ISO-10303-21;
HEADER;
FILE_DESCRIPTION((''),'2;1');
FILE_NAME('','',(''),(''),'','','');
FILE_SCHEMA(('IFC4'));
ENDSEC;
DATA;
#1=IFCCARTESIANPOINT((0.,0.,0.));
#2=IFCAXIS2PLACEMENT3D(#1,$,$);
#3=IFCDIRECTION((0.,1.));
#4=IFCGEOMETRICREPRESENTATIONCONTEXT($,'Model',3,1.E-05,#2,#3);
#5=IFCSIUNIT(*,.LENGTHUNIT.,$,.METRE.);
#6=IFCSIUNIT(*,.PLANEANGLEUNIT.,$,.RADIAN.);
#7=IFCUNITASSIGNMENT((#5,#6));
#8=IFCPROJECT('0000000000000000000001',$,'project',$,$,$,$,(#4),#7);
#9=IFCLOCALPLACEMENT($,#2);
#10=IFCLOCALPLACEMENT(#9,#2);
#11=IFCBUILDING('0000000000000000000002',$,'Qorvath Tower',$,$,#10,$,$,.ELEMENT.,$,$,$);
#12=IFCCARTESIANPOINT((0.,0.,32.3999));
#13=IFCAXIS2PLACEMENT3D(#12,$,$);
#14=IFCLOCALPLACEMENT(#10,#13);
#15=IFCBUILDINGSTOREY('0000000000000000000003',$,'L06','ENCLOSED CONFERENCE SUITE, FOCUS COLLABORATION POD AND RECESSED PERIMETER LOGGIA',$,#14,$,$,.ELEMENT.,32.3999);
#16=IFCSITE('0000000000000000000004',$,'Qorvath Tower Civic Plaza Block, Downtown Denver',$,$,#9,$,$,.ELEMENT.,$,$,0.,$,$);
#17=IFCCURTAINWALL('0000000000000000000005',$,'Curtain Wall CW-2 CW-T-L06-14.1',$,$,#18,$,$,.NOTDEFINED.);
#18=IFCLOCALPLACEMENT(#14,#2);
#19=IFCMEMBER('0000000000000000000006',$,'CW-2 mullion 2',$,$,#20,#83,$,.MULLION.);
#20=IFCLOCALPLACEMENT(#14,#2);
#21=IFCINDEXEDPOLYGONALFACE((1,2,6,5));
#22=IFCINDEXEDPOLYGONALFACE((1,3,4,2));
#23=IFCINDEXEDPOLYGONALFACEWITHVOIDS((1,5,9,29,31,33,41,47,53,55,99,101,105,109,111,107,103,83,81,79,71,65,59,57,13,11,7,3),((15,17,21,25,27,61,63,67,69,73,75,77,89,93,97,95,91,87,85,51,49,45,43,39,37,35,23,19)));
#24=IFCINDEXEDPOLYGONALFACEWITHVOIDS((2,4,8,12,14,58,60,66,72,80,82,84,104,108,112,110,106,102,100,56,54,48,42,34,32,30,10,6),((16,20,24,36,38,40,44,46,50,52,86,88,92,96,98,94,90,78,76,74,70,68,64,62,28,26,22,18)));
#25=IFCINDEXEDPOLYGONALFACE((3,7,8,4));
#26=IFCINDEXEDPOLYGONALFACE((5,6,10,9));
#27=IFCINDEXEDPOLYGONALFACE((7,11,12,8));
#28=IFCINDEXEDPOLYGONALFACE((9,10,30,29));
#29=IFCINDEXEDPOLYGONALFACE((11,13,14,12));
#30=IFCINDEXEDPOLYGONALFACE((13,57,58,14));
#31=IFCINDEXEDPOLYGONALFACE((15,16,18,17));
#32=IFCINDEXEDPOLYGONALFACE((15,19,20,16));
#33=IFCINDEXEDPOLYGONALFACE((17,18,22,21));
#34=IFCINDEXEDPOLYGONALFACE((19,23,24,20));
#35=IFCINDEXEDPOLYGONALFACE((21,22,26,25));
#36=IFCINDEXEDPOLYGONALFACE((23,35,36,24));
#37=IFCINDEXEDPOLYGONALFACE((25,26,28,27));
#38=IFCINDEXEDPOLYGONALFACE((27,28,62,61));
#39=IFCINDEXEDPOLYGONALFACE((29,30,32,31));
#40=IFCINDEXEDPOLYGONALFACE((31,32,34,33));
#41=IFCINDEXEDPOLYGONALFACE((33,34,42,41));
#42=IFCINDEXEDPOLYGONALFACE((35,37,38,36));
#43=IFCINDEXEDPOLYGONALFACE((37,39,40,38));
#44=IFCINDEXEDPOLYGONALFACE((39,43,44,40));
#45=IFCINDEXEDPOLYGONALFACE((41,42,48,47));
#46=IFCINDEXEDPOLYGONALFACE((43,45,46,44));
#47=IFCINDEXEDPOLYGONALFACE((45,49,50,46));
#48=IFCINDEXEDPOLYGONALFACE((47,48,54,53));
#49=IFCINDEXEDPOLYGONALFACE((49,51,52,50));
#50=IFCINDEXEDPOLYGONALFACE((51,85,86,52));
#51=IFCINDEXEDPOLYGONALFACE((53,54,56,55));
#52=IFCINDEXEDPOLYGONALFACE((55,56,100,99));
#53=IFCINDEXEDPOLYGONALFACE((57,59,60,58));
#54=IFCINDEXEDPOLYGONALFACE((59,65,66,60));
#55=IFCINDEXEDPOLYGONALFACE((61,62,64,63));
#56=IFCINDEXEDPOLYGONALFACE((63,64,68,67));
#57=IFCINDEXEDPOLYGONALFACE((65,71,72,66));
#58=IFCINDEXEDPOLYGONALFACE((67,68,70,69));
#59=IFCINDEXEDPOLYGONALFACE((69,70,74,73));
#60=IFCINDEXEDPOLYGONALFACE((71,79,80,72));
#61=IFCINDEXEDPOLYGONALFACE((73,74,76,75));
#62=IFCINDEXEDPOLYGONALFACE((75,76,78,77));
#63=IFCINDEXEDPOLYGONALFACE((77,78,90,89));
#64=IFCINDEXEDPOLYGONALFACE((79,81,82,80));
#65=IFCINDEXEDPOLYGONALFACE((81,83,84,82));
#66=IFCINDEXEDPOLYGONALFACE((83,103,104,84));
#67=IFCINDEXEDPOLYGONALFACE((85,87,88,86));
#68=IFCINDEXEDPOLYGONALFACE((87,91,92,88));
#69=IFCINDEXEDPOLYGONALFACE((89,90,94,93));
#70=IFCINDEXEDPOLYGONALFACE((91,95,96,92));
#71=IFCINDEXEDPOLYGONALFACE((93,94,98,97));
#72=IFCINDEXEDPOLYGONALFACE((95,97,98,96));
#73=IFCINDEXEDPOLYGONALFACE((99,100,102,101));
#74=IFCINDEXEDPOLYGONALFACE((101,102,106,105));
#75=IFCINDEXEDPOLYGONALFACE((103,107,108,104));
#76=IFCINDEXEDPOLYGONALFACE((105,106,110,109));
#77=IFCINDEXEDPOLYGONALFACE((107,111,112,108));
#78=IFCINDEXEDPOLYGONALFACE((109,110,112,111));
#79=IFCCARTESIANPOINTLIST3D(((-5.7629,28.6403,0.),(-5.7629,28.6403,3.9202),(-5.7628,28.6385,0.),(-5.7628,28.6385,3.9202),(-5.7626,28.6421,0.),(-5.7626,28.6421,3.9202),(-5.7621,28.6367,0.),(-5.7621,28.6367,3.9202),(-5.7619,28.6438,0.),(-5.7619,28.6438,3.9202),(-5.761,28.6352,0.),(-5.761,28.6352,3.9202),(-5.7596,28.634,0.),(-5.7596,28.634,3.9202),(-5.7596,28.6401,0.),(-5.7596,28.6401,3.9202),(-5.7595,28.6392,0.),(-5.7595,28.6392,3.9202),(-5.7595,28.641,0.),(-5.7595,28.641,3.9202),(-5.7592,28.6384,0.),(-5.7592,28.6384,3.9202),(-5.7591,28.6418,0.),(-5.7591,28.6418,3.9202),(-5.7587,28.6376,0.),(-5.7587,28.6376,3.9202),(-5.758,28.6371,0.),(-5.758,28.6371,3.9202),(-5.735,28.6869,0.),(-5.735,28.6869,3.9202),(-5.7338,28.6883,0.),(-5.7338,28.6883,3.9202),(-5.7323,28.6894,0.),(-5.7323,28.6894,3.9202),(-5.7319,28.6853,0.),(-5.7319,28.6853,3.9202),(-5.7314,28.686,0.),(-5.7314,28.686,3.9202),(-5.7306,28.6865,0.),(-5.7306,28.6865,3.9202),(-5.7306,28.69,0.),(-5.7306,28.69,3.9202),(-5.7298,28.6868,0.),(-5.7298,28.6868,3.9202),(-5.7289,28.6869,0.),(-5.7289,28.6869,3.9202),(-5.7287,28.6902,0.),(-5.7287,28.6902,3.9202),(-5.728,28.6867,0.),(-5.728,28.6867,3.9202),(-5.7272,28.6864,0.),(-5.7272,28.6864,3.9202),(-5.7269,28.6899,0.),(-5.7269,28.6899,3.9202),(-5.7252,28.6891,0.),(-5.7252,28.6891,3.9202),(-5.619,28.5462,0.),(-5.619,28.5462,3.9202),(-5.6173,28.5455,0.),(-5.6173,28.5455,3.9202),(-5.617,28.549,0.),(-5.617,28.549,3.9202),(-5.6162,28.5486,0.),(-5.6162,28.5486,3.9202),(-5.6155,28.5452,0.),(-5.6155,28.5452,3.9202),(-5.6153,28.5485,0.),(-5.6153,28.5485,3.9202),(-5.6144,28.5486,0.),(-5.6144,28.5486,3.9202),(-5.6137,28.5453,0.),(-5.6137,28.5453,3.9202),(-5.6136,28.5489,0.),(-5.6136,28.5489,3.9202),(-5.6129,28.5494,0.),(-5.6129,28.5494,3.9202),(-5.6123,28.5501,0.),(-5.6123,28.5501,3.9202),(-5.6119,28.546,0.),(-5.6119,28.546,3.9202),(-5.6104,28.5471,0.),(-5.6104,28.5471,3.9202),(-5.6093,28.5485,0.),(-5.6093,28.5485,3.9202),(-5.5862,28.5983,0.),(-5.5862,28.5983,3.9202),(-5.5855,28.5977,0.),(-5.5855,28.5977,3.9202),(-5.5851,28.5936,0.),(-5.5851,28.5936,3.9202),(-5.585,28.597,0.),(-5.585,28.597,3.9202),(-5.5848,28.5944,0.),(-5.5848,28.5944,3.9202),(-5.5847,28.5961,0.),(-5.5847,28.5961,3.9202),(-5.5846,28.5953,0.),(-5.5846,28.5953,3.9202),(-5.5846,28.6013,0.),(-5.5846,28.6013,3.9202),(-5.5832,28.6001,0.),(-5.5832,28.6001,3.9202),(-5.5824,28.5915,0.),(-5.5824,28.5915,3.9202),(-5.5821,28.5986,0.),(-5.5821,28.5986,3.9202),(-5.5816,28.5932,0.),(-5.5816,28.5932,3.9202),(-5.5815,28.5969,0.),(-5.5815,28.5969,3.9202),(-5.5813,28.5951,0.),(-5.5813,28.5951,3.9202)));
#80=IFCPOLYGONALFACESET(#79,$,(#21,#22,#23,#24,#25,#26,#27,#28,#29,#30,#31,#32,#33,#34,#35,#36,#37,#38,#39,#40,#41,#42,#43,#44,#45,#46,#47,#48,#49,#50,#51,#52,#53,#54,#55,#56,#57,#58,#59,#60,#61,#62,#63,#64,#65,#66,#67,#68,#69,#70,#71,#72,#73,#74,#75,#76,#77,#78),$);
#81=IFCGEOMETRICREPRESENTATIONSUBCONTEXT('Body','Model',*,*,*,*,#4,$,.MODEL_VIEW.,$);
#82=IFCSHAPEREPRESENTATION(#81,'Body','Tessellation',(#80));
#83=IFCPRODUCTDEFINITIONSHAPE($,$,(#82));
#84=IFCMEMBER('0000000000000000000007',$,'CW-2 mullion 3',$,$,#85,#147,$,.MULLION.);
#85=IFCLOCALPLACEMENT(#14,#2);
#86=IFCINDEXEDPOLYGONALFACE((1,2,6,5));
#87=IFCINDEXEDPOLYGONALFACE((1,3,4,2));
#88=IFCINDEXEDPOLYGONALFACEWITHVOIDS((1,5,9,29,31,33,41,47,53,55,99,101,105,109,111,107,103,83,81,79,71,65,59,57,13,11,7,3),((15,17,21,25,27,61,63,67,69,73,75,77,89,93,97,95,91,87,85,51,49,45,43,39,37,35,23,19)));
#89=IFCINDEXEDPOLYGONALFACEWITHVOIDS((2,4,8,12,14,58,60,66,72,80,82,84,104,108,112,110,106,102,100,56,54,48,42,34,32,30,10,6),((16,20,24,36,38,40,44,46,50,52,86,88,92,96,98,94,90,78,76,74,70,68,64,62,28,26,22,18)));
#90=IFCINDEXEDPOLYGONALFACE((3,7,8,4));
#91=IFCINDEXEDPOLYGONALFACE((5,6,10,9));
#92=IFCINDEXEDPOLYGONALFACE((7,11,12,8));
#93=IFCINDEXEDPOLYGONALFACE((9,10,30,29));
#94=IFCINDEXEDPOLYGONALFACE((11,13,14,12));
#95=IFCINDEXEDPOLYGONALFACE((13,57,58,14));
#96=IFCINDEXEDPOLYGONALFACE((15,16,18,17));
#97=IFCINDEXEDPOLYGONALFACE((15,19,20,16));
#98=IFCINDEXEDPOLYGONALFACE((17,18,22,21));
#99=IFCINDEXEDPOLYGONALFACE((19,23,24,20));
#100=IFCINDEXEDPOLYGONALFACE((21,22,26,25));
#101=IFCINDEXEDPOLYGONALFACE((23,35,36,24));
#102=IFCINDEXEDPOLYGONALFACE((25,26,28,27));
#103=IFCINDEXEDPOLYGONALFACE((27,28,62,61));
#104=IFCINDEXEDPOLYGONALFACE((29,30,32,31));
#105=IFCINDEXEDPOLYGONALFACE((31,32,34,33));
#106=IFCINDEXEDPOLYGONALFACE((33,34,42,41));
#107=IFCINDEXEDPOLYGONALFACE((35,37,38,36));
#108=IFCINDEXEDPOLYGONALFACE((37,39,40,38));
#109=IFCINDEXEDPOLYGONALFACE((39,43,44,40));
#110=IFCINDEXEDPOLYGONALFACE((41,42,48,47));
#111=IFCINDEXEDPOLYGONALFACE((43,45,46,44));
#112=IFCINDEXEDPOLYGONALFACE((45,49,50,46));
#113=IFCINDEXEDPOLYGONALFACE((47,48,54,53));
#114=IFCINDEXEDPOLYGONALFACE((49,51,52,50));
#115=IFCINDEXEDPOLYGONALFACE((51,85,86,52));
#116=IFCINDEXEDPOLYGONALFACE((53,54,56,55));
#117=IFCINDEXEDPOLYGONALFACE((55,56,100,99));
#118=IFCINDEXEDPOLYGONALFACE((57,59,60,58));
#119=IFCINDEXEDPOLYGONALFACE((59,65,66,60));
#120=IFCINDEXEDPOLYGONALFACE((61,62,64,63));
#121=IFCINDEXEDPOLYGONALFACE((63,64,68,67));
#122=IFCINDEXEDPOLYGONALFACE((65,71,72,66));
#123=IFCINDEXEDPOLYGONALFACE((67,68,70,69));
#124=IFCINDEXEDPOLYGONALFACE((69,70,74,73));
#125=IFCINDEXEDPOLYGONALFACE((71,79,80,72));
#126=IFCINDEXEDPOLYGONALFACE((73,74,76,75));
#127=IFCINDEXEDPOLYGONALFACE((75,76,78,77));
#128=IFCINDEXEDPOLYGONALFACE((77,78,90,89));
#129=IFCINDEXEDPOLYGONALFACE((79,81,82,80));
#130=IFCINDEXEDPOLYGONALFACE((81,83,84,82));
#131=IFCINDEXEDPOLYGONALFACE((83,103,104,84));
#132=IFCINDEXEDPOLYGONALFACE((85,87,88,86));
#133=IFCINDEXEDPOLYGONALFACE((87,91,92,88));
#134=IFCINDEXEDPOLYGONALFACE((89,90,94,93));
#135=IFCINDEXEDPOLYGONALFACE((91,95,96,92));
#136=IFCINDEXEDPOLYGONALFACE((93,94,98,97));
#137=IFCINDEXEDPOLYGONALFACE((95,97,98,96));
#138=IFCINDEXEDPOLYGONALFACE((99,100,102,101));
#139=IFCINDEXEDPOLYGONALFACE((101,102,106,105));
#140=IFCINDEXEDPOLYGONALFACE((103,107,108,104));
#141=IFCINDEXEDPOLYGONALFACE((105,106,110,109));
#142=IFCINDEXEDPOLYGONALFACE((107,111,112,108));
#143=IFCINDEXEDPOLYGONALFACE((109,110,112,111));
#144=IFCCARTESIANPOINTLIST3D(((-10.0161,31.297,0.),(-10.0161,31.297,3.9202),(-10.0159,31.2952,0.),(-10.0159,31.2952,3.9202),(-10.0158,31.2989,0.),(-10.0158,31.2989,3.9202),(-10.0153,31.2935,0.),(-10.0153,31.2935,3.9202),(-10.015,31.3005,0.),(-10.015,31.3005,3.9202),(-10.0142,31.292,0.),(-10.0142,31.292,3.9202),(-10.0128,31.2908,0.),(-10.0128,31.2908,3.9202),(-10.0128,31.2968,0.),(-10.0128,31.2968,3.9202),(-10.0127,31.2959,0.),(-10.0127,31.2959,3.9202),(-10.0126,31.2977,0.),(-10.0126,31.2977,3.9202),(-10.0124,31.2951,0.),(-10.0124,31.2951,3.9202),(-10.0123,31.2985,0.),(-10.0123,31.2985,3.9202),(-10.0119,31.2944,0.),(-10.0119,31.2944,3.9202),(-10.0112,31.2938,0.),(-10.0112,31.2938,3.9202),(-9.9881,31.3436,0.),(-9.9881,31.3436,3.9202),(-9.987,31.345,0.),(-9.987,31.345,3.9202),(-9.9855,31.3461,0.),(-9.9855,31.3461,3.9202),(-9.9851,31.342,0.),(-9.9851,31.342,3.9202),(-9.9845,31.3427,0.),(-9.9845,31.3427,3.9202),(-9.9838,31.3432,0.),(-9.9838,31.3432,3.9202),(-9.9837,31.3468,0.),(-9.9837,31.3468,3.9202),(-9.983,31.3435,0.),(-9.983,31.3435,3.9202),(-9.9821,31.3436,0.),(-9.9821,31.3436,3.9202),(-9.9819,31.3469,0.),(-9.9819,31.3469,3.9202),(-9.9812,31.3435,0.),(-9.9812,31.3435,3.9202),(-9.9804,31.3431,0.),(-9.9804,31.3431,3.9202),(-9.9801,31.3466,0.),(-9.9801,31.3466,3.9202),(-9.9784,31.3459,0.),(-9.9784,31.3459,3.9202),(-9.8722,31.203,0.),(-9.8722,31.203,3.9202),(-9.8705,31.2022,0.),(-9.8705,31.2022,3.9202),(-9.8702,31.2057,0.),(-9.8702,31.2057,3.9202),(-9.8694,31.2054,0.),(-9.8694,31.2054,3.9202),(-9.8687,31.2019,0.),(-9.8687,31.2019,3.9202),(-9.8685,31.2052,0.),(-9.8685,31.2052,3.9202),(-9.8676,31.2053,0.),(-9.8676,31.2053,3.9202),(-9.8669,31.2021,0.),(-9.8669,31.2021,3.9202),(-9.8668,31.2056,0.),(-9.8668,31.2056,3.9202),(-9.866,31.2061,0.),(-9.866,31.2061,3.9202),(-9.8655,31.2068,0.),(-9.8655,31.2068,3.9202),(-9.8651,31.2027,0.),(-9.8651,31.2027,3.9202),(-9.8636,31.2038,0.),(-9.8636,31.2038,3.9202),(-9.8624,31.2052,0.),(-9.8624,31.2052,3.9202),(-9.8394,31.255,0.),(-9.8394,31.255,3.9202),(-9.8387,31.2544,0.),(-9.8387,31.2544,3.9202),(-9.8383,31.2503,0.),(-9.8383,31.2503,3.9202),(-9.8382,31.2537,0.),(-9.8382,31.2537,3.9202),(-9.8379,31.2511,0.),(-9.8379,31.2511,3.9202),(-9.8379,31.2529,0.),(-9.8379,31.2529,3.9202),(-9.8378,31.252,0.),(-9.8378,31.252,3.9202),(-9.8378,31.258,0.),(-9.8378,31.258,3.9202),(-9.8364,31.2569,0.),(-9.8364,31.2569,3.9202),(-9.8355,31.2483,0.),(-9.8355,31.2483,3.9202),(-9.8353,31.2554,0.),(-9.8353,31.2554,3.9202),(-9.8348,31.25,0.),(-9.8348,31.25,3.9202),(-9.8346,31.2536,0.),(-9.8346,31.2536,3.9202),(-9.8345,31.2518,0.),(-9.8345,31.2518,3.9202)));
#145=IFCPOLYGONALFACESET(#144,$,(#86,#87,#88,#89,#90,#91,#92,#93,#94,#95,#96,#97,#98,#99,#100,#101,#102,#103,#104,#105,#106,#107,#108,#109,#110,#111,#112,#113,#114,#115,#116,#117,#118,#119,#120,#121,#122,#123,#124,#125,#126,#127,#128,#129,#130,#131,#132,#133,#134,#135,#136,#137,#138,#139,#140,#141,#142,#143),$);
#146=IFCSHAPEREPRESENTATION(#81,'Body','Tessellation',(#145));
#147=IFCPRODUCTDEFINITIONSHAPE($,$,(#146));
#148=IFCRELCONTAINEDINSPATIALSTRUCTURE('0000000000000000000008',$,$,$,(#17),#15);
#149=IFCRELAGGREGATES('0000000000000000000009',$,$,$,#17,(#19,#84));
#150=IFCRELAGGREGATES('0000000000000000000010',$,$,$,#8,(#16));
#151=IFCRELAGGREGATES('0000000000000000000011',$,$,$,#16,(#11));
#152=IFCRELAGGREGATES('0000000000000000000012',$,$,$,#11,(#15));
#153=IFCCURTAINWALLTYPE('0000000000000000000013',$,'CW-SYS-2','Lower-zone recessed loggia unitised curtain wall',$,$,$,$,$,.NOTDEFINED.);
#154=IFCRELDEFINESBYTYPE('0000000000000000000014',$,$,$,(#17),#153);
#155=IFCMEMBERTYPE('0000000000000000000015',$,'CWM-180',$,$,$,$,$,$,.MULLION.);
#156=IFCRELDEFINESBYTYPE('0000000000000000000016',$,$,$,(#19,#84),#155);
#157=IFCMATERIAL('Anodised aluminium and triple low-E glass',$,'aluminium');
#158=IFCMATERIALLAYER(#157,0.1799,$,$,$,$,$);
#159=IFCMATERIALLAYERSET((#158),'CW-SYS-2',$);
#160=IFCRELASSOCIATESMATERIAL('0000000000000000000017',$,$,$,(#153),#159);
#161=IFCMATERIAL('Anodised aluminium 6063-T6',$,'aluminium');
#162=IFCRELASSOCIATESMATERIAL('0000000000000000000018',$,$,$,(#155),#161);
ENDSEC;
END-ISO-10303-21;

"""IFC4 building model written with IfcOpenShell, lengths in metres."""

from ifc_helpers import new_model, si_unit, direction, frame, origin, origin_2d, place, context, subcontext, project, spatial, hollow_rectangle, extrude, material, layer, layer_set, material_profile, profile_set, type_object, element, aggregate, save


model = new_model("IFC4")

# Units and contexts
model_context = context("Model", 3, precision=1e-05, world=origin(), true_north=direction((0.0, 1.0)))
body_context = subcontext(model_context, "Body", "Model", "MODEL_VIEW")
ifc_project = project(units=[si_unit("LENGTHUNIT", "METRE"), si_unit("PLANEANGLEUNIT", "RADIAN")], contexts=[model_context])

# Site, building, storey
site_placement = place(None, origin())
site = spatial("IfcSite", under=ifc_project, at=site_placement, Name="Qorvath Tower Civic Plaza Block, Downtown Denver", CompositionType="ELEMENT", RefElevation=0.0)
building_placement = place(site_placement, origin())
building = spatial("IfcBuilding", under=site, at=building_placement, Name="Qorvath Tower", CompositionType="ELEMENT")
storey_placement = place(building_placement, frame((0.0, 0.0, 32.3999)))
storey = spatial("IfcBuildingStorey", under=building, at=storey_placement, Name="L06", Description="ENCLOSED CONFERENCE SUITE, FOCUS COLLABORATION POD AND RECESSED PERIMETER LOGGIA", CompositionType="ELEMENT", Elevation=32.3999)

# Curtain wall, members
ifc_material_1 = material(Name="Anodised aluminium and triple low-E glass", Category="aluminium")
ifc_layer_1 = layer(ifc_material_1, 0.1799)
ifc_layer_set_1 = layer_set([ifc_layer_1], Name="CW-SYS-2")
curtain_wall_type = type_object("IfcCurtainWallType", Name="CW-SYS-2", Description="Lower-zone recessed loggia unitised curtain wall", PredefinedType="NOTDEFINED", material=ifc_layer_set_1)
curtain_wall_1_placement = place(storey_placement, origin())
curtain_wall_1 = element("IfcCurtainWall", 1, at=curtain_wall_1_placement, inside=storey, type_object=curtain_wall_type, Name="Curtain Wall CW-2 CW-T-L06-14.1", PredefinedType="NOTDEFINED")
ifc_material_2 = material(Name="Anodised aluminium 6063-T6", Category="aluminium")
ifc_material_profile_1 = material_profile(ifc_material_2, hollow_rectangle(XDim=0.0649, YDim=0.1799, WallThickness=0.0034, InnerFilletRadius=0.0034, OuterFilletRadius=0.0071, at=origin_2d()), Name="CWM 180x65")
ifc_profile_set_1 = profile_set([ifc_material_profile_1], Name="Anodised aluminium 6063-T6")
member_type_1 = type_object("IfcMemberType", Name="CWM-180", PredefinedType="MULLION", material=ifc_profile_set_1)
member_1_placement = place(storey_placement, frame((-5.6721, 28.6177, 0.0), z_axis=(0.0, 0.0, 1.0), x_axis=(-0.529769, -0.848142, 0.0)))
member_1 = element("IfcMember", 2, at=member_1_placement, type_object=member_type_1, Name="CW-2 mullion 2", PredefinedType="MULLION", context=body_context, shape_type="SweptSolid", body=[
    extrude(hollow_rectangle(XDim=0.0649, YDim=0.1799, WallThickness=0.0034, InnerFilletRadius=0.0034, OuterFilletRadius=0.0071, at=origin_2d()), origin(), (0.0, 0.0, 1.0), 3.9202),
])
member_2_placement = place(storey_placement, frame((-9.9253, 31.2744, 0.0), z_axis=(0.0, 0.0, 1.0), x_axis=(-0.529769, -0.848142, 0.0)))
member_2 = element("IfcMember", 3, at=member_2_placement, type_object=member_type_1, Name="CW-2 mullion 3", PredefinedType="MULLION", context=body_context, shape_type="SweptSolid", body=[
    extrude(hollow_rectangle(XDim=0.0649, YDim=0.1799, WallThickness=0.0034, InnerFilletRadius=0.0034, OuterFilletRadius=0.0071, at=origin_2d()), origin(), (0.0, 0.0, 1.0), 3.9202),
])

aggregate(curtain_wall_1, [member_1, member_2])

save(model, "model.ifc")
